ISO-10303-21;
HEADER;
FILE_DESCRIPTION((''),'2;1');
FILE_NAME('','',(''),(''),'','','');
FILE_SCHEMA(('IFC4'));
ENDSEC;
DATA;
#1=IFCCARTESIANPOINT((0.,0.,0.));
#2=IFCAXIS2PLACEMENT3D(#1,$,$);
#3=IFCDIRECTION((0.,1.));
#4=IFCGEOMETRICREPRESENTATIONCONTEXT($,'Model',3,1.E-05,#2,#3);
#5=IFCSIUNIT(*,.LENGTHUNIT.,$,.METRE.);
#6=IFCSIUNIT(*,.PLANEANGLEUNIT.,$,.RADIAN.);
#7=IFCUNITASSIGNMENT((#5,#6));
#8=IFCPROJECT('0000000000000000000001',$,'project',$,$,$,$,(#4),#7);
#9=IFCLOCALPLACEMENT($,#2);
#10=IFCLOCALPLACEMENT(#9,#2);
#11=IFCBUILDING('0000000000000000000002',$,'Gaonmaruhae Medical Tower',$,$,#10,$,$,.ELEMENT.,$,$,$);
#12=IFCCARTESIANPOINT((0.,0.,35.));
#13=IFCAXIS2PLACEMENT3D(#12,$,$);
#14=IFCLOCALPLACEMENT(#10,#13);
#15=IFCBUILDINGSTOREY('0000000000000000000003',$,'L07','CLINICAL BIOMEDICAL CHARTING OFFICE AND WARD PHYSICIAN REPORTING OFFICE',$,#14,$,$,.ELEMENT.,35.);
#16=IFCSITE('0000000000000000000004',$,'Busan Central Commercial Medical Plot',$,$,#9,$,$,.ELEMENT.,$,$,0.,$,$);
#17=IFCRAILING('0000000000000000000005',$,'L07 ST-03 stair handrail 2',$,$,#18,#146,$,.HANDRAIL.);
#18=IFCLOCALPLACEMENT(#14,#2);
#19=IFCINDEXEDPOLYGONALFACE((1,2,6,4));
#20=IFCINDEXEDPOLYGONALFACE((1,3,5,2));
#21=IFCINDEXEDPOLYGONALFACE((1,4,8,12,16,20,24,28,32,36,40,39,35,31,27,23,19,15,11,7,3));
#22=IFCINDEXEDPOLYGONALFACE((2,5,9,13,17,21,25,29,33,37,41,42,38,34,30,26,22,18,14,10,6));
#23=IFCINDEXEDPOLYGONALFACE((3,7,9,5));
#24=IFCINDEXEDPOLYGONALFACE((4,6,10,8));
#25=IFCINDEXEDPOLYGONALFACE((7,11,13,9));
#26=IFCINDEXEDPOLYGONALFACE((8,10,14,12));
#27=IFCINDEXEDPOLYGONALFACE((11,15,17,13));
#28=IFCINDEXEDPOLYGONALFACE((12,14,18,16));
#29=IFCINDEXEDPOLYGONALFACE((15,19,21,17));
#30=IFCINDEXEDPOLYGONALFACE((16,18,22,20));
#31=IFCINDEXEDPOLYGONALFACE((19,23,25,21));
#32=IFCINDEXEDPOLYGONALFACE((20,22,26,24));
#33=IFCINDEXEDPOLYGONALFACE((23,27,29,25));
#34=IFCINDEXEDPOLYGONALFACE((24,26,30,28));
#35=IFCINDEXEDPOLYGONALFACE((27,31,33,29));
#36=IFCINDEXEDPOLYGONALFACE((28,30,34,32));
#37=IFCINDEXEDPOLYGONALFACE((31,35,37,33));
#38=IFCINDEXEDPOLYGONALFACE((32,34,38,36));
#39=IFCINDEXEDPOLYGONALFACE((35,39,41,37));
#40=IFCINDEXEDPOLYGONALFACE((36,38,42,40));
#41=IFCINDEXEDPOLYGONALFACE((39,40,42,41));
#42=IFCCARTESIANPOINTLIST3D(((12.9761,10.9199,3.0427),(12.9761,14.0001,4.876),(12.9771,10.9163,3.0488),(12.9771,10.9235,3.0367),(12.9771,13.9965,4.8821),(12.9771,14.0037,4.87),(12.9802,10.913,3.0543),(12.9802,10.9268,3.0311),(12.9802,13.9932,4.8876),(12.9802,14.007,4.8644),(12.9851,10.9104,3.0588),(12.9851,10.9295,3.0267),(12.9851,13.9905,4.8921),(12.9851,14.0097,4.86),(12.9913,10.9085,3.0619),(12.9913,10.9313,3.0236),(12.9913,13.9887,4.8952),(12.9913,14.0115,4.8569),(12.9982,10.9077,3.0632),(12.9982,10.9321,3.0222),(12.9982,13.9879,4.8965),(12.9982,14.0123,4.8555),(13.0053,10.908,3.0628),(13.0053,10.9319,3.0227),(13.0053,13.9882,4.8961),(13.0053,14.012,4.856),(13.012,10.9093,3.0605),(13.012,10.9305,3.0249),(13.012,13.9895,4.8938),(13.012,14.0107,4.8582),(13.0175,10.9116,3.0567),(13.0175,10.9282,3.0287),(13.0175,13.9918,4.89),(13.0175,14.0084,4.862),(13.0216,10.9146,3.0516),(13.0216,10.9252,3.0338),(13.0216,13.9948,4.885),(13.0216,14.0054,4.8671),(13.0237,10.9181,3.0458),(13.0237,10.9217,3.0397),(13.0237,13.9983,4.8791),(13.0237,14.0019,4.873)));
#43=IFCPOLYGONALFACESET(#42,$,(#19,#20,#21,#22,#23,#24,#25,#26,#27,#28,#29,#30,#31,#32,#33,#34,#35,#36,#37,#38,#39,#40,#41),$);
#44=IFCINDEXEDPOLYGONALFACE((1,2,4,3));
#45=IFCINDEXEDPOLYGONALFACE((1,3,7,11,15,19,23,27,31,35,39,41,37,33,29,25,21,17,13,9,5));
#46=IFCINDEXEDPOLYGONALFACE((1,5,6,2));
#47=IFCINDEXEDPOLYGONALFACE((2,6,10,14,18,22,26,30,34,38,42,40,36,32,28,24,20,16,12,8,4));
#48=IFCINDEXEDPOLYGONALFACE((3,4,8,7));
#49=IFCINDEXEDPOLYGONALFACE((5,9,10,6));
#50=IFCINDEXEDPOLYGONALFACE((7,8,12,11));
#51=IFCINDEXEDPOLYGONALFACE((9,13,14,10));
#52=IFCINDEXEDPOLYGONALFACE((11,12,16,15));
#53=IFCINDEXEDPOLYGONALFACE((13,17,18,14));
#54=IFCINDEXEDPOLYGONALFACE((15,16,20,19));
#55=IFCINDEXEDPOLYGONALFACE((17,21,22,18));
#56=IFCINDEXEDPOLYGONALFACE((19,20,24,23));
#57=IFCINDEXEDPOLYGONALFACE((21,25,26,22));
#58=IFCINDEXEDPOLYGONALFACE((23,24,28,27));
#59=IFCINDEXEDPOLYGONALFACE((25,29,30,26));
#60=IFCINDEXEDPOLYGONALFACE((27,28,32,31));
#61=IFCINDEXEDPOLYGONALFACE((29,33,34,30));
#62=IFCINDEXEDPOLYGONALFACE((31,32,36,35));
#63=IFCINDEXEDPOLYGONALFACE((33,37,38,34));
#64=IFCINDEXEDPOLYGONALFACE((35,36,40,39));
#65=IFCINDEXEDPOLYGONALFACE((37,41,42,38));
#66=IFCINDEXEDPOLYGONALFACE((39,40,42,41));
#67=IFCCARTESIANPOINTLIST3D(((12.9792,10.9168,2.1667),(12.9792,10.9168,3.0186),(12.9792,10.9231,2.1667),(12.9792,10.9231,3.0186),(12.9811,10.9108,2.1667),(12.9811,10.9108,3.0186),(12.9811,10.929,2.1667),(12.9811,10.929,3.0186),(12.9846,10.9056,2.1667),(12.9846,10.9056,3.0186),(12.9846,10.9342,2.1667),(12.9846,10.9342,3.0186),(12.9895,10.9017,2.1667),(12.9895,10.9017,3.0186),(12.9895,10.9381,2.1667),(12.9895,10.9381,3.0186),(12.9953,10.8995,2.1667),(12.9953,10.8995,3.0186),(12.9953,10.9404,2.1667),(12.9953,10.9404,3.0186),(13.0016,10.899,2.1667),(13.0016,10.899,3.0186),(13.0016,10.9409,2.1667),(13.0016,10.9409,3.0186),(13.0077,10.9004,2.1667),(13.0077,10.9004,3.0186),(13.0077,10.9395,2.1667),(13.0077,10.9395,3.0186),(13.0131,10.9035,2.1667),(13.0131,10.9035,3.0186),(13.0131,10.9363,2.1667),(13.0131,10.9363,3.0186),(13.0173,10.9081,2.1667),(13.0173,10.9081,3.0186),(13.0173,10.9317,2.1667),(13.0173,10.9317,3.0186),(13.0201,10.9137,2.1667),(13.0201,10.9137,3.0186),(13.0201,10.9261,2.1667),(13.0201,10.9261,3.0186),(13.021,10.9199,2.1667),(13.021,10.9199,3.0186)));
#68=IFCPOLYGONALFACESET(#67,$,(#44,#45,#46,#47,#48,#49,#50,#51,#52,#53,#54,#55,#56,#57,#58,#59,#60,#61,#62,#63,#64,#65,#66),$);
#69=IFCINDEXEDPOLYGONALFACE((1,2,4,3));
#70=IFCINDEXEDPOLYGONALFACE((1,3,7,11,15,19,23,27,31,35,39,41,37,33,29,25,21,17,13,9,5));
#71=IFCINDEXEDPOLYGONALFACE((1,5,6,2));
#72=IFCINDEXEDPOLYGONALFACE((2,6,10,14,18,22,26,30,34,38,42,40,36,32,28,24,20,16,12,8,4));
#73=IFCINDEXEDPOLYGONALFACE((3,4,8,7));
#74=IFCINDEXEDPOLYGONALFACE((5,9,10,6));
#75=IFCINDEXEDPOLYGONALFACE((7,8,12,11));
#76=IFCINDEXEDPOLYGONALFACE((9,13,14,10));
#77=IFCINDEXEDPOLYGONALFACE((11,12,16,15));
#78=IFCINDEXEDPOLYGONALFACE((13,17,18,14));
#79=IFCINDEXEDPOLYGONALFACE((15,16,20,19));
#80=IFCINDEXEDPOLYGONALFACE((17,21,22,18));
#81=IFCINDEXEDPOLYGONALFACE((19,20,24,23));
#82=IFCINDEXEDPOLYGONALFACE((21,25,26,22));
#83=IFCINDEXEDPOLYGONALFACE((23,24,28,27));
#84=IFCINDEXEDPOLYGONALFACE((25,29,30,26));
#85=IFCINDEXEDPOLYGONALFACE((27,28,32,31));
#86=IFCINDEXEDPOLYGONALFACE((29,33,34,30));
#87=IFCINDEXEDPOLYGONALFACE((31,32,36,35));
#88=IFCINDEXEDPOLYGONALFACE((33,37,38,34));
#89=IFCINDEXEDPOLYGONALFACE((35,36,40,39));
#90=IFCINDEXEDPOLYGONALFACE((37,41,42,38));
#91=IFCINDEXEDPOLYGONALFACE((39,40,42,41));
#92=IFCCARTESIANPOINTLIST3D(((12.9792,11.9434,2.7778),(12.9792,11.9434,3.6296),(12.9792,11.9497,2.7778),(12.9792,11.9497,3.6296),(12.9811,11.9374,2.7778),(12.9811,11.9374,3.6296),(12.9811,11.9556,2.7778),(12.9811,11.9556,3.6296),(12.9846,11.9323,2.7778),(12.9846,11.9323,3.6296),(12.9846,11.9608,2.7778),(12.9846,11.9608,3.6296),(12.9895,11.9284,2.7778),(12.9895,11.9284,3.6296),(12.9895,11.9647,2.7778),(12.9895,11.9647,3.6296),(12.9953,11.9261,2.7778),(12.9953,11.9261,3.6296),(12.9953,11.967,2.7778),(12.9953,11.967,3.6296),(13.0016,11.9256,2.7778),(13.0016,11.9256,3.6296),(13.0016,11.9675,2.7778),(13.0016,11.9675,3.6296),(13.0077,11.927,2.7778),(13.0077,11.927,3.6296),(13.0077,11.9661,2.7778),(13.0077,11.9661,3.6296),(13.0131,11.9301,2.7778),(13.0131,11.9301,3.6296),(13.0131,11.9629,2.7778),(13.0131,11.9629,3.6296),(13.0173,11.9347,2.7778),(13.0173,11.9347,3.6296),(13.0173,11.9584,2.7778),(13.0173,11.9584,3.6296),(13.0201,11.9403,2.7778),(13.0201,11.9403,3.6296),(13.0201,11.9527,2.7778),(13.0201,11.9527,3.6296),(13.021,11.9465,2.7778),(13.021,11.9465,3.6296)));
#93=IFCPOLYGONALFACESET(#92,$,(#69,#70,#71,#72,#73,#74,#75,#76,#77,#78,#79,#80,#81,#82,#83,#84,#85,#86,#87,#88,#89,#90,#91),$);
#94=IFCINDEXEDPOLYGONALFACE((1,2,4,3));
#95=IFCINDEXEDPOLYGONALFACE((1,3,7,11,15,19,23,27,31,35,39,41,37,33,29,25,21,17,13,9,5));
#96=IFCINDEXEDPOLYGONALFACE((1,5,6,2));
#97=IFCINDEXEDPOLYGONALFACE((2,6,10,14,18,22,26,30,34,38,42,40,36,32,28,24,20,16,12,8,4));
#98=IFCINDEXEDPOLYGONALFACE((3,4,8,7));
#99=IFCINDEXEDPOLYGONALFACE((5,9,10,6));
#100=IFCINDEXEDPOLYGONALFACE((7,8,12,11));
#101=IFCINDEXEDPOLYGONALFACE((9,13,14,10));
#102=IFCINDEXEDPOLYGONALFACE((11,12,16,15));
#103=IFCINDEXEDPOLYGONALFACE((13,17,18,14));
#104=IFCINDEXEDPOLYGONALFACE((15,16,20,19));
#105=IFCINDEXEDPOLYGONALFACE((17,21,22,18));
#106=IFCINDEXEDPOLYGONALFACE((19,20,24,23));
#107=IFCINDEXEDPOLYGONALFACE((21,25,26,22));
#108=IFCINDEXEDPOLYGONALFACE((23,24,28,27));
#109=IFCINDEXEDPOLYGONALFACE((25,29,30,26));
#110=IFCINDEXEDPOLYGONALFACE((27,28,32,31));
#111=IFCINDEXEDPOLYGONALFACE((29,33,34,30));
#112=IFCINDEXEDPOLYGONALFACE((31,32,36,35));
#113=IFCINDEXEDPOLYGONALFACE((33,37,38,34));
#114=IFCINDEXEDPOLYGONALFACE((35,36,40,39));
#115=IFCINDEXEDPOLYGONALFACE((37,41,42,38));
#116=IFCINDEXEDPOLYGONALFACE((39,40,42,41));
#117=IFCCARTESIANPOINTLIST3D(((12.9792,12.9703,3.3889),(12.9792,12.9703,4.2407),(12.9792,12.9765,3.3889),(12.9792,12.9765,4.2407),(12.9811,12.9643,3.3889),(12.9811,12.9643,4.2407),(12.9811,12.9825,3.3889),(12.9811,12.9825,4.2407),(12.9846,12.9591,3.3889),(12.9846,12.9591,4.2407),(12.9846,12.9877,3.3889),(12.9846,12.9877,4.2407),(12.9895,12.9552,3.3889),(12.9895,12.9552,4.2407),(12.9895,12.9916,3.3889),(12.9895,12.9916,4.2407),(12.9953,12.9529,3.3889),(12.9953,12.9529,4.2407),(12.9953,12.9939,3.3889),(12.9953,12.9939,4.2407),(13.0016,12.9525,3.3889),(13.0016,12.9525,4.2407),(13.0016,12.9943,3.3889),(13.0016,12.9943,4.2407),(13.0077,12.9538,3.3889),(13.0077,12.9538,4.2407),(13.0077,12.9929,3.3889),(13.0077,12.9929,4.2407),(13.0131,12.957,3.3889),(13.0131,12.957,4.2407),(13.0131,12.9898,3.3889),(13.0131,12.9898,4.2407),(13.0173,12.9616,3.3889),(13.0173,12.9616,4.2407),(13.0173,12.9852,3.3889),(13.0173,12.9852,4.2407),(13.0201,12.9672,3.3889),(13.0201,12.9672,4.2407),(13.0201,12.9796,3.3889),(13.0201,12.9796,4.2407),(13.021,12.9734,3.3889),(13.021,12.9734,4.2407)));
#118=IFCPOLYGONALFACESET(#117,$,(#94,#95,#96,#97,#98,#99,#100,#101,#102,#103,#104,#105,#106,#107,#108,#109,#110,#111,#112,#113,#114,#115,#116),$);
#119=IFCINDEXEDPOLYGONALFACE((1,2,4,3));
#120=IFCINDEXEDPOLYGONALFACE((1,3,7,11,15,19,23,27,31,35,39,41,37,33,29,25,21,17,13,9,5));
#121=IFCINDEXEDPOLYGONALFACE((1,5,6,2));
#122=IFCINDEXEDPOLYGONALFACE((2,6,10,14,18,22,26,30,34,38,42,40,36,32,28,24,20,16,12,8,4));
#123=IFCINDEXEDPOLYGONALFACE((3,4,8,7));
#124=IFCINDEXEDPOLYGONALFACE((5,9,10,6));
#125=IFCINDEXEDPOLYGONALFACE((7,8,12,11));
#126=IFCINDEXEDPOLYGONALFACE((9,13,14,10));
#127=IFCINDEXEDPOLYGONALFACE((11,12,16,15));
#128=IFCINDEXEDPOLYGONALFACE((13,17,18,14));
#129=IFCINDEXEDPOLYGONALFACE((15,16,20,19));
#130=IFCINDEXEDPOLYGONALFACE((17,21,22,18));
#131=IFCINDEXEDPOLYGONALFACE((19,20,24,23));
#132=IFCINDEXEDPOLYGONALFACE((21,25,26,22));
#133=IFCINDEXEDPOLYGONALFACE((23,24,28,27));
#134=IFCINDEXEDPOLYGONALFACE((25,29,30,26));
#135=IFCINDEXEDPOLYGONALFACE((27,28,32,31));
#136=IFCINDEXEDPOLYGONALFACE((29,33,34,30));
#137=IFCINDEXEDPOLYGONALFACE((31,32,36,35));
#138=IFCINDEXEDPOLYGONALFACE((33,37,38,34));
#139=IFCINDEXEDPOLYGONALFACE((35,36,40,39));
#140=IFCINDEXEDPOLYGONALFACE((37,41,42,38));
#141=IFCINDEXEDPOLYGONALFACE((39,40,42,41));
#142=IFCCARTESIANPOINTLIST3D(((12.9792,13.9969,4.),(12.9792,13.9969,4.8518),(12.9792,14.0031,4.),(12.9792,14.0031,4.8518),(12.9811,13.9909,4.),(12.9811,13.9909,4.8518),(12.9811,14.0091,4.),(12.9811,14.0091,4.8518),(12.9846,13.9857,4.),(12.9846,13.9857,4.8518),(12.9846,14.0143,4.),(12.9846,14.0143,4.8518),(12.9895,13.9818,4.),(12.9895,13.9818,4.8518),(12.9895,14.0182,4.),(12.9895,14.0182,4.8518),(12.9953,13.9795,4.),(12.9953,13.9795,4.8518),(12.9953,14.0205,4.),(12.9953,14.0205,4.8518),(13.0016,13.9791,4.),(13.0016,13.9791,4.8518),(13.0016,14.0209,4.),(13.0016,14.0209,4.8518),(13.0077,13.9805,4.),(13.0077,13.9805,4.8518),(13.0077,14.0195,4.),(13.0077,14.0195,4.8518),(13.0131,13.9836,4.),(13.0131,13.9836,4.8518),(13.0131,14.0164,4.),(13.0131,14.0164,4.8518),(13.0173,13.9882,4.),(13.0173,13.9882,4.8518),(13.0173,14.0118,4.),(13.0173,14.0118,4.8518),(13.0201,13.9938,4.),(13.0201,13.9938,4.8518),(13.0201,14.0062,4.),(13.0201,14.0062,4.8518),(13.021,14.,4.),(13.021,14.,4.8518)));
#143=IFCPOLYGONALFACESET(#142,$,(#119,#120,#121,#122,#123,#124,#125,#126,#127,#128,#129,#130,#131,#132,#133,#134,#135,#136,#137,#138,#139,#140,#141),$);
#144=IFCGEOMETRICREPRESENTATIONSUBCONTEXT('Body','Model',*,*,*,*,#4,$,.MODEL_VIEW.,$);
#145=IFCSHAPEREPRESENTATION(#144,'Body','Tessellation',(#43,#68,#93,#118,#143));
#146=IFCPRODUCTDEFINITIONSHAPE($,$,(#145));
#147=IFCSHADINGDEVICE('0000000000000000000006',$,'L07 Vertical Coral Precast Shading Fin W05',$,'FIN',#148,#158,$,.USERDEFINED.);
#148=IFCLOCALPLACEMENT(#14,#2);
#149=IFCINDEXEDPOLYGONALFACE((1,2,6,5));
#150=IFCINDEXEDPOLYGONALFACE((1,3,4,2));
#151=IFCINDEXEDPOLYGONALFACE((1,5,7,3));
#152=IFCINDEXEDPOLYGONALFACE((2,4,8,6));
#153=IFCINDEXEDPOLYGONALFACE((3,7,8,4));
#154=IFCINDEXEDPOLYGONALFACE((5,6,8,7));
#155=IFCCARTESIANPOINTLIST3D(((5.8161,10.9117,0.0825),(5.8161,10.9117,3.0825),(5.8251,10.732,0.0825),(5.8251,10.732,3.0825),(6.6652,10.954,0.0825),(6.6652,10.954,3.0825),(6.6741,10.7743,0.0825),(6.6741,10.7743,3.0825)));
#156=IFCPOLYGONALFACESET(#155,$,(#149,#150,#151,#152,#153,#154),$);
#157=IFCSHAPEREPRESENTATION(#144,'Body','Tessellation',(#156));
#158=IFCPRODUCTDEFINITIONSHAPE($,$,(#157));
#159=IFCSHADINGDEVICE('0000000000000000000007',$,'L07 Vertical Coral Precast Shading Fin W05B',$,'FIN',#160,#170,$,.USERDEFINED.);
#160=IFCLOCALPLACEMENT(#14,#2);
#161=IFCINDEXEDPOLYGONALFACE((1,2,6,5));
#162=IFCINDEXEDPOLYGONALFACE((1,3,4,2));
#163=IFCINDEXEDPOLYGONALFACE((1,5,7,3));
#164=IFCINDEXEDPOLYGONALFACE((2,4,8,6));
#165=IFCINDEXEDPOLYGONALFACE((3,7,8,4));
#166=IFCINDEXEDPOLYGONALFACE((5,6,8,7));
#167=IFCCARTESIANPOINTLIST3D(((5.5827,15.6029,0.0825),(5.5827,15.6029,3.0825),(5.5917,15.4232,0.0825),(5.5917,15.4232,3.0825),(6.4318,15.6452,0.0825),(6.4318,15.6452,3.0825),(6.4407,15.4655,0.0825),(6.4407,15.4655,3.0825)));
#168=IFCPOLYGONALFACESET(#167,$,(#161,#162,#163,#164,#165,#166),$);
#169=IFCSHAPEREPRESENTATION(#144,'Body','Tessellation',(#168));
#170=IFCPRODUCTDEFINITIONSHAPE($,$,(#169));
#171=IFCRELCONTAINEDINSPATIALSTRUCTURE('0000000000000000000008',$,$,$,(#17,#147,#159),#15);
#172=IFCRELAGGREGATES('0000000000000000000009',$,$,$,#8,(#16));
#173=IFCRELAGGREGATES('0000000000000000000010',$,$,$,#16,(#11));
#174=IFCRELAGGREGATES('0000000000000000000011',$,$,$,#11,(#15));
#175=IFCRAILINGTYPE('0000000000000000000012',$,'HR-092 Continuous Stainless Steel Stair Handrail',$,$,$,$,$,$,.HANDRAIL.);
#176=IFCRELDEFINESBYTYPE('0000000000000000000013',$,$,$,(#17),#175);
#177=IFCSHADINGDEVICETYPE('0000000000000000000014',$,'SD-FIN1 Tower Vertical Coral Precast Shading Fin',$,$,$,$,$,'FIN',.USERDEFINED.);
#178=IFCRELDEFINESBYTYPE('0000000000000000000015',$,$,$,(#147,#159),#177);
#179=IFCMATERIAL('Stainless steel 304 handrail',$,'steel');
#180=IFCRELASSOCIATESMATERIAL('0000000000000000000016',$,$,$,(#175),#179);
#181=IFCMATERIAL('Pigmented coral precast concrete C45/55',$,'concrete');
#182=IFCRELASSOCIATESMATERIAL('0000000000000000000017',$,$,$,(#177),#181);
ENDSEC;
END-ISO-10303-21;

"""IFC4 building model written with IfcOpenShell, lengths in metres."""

from ifc_helpers import new_model, si_unit, direction, frame, origin, origin_2d, place, context, subcontext, project, spatial, rectangle, circle, extrude, material, type_object, element, save


model = new_model("IFC4")

# Units and contexts
model_context = context("Model", 3, precision=1e-05, world=origin(), true_north=direction((0.0, 1.0)))
body_context = subcontext(model_context, "Body", "Model", "MODEL_VIEW")
ifc_project = project(units=[si_unit("LENGTHUNIT", "METRE"), si_unit("PLANEANGLEUNIT", "RADIAN")], contexts=[model_context])

# Site, building, storey
site_placement = place(None, origin())
site = spatial("IfcSite", under=ifc_project, at=site_placement, Name="Busan Central Commercial Medical Plot", CompositionType="ELEMENT", RefElevation=0.0)
building_placement = place(site_placement, origin())
building = spatial("IfcBuilding", under=site, at=building_placement, Name="Gaonmaruhae Medical Tower", CompositionType="ELEMENT")
storey_placement = place(building_placement, frame((0.0, 0.0, 35.0)))
storey = spatial("IfcBuildingStorey", under=building, at=storey_placement, Name="L07", Description="CLINICAL BIOMEDICAL CHARTING OFFICE AND WARD PHYSICIAN REPORTING OFFICE", CompositionType="ELEMENT", Elevation=35.0)

# Railing
ifc_material_1 = material(Name="Stainless steel 304 handrail", Category="steel")
railing_type_1 = type_object("IfcRailingType", Name="HR-092 Continuous Stainless Steel Stair Handrail", PredefinedType="HANDRAIL", material=ifc_material_1)
railing_1_placement = place(storey_placement, frame((13.0, 10.9199, 2.1667)))
element("IfcRailing", 1, at=railing_1_placement, inside=storey, type_object=railing_type_1, Name="L07 ST-03 stair handrail 2", PredefinedType="HANDRAIL", context=body_context, shape_type="SweptSolid", body=[
    extrude(circle(Radius=0.0239, at=origin_2d()), frame((0.0, 0.0, 0.876), z_axis=(0.0, 0.859309, 0.511458), x_axis=(-1.0, 0.0, 0.0)), (0.0, 0.0, 1.0), 3.5845),
    extrude(circle(Radius=0.021, at=origin_2d()), origin(), (0.0, 0.0, 1.0), 0.8518),
    extrude(circle(Radius=0.021, at=origin_2d()), frame((0.0, 1.0266, 0.6111)), (0.0, 0.0, 1.0), 0.8518),
    extrude(circle(Radius=0.021, at=origin_2d()), frame((0.0, 2.0535, 1.2222)), (0.0, 0.0, 1.0), 0.8518),
    extrude(circle(Radius=0.021, at=origin_2d()), frame((0.0, 3.0801, 1.8333)), (0.0, 0.0, 1.0), 0.8518),
])

# Shading devices
ifc_material_2 = material(Name="Pigmented coral precast concrete C45/55", Category="concrete")
shading_device_type = type_object("IfcShadingDeviceType", Name="SD-FIN1 Tower Vertical Coral Precast Shading Fin", ElementType="FIN", PredefinedType="USERDEFINED", material=ifc_material_2)
for number, where, z_axis, x_axis, name in (
    (2, (6.2451, 10.843, 0.0825), (0.0, 0.0, 1.0), (-0.049704, 0.998764, 0.0), "L07 Vertical Coral Precast Shading Fin W05"),
    (3, (6.0117, 15.5342, 0.0825), (0.0, 0.0, 1.0), (-0.049704, 0.998764, 0.0), "L07 Vertical Coral Precast Shading Fin W05B"),
):
    element("IfcShadingDevice", number, at=place(storey_placement, frame(where, z_axis=z_axis, x_axis=x_axis)), inside=storey, type_object=shading_device_type, Name=name, ObjectType="FIN", PredefinedType="USERDEFINED", context=body_context, shape_type="SweptSolid", body=[
        extrude(rectangle(XDim=0.1799, YDim=0.8501, at=origin_2d()), origin(), (0.0, 0.0, 1.0), 3.0),
    ])

save(model, "model.ifc")
